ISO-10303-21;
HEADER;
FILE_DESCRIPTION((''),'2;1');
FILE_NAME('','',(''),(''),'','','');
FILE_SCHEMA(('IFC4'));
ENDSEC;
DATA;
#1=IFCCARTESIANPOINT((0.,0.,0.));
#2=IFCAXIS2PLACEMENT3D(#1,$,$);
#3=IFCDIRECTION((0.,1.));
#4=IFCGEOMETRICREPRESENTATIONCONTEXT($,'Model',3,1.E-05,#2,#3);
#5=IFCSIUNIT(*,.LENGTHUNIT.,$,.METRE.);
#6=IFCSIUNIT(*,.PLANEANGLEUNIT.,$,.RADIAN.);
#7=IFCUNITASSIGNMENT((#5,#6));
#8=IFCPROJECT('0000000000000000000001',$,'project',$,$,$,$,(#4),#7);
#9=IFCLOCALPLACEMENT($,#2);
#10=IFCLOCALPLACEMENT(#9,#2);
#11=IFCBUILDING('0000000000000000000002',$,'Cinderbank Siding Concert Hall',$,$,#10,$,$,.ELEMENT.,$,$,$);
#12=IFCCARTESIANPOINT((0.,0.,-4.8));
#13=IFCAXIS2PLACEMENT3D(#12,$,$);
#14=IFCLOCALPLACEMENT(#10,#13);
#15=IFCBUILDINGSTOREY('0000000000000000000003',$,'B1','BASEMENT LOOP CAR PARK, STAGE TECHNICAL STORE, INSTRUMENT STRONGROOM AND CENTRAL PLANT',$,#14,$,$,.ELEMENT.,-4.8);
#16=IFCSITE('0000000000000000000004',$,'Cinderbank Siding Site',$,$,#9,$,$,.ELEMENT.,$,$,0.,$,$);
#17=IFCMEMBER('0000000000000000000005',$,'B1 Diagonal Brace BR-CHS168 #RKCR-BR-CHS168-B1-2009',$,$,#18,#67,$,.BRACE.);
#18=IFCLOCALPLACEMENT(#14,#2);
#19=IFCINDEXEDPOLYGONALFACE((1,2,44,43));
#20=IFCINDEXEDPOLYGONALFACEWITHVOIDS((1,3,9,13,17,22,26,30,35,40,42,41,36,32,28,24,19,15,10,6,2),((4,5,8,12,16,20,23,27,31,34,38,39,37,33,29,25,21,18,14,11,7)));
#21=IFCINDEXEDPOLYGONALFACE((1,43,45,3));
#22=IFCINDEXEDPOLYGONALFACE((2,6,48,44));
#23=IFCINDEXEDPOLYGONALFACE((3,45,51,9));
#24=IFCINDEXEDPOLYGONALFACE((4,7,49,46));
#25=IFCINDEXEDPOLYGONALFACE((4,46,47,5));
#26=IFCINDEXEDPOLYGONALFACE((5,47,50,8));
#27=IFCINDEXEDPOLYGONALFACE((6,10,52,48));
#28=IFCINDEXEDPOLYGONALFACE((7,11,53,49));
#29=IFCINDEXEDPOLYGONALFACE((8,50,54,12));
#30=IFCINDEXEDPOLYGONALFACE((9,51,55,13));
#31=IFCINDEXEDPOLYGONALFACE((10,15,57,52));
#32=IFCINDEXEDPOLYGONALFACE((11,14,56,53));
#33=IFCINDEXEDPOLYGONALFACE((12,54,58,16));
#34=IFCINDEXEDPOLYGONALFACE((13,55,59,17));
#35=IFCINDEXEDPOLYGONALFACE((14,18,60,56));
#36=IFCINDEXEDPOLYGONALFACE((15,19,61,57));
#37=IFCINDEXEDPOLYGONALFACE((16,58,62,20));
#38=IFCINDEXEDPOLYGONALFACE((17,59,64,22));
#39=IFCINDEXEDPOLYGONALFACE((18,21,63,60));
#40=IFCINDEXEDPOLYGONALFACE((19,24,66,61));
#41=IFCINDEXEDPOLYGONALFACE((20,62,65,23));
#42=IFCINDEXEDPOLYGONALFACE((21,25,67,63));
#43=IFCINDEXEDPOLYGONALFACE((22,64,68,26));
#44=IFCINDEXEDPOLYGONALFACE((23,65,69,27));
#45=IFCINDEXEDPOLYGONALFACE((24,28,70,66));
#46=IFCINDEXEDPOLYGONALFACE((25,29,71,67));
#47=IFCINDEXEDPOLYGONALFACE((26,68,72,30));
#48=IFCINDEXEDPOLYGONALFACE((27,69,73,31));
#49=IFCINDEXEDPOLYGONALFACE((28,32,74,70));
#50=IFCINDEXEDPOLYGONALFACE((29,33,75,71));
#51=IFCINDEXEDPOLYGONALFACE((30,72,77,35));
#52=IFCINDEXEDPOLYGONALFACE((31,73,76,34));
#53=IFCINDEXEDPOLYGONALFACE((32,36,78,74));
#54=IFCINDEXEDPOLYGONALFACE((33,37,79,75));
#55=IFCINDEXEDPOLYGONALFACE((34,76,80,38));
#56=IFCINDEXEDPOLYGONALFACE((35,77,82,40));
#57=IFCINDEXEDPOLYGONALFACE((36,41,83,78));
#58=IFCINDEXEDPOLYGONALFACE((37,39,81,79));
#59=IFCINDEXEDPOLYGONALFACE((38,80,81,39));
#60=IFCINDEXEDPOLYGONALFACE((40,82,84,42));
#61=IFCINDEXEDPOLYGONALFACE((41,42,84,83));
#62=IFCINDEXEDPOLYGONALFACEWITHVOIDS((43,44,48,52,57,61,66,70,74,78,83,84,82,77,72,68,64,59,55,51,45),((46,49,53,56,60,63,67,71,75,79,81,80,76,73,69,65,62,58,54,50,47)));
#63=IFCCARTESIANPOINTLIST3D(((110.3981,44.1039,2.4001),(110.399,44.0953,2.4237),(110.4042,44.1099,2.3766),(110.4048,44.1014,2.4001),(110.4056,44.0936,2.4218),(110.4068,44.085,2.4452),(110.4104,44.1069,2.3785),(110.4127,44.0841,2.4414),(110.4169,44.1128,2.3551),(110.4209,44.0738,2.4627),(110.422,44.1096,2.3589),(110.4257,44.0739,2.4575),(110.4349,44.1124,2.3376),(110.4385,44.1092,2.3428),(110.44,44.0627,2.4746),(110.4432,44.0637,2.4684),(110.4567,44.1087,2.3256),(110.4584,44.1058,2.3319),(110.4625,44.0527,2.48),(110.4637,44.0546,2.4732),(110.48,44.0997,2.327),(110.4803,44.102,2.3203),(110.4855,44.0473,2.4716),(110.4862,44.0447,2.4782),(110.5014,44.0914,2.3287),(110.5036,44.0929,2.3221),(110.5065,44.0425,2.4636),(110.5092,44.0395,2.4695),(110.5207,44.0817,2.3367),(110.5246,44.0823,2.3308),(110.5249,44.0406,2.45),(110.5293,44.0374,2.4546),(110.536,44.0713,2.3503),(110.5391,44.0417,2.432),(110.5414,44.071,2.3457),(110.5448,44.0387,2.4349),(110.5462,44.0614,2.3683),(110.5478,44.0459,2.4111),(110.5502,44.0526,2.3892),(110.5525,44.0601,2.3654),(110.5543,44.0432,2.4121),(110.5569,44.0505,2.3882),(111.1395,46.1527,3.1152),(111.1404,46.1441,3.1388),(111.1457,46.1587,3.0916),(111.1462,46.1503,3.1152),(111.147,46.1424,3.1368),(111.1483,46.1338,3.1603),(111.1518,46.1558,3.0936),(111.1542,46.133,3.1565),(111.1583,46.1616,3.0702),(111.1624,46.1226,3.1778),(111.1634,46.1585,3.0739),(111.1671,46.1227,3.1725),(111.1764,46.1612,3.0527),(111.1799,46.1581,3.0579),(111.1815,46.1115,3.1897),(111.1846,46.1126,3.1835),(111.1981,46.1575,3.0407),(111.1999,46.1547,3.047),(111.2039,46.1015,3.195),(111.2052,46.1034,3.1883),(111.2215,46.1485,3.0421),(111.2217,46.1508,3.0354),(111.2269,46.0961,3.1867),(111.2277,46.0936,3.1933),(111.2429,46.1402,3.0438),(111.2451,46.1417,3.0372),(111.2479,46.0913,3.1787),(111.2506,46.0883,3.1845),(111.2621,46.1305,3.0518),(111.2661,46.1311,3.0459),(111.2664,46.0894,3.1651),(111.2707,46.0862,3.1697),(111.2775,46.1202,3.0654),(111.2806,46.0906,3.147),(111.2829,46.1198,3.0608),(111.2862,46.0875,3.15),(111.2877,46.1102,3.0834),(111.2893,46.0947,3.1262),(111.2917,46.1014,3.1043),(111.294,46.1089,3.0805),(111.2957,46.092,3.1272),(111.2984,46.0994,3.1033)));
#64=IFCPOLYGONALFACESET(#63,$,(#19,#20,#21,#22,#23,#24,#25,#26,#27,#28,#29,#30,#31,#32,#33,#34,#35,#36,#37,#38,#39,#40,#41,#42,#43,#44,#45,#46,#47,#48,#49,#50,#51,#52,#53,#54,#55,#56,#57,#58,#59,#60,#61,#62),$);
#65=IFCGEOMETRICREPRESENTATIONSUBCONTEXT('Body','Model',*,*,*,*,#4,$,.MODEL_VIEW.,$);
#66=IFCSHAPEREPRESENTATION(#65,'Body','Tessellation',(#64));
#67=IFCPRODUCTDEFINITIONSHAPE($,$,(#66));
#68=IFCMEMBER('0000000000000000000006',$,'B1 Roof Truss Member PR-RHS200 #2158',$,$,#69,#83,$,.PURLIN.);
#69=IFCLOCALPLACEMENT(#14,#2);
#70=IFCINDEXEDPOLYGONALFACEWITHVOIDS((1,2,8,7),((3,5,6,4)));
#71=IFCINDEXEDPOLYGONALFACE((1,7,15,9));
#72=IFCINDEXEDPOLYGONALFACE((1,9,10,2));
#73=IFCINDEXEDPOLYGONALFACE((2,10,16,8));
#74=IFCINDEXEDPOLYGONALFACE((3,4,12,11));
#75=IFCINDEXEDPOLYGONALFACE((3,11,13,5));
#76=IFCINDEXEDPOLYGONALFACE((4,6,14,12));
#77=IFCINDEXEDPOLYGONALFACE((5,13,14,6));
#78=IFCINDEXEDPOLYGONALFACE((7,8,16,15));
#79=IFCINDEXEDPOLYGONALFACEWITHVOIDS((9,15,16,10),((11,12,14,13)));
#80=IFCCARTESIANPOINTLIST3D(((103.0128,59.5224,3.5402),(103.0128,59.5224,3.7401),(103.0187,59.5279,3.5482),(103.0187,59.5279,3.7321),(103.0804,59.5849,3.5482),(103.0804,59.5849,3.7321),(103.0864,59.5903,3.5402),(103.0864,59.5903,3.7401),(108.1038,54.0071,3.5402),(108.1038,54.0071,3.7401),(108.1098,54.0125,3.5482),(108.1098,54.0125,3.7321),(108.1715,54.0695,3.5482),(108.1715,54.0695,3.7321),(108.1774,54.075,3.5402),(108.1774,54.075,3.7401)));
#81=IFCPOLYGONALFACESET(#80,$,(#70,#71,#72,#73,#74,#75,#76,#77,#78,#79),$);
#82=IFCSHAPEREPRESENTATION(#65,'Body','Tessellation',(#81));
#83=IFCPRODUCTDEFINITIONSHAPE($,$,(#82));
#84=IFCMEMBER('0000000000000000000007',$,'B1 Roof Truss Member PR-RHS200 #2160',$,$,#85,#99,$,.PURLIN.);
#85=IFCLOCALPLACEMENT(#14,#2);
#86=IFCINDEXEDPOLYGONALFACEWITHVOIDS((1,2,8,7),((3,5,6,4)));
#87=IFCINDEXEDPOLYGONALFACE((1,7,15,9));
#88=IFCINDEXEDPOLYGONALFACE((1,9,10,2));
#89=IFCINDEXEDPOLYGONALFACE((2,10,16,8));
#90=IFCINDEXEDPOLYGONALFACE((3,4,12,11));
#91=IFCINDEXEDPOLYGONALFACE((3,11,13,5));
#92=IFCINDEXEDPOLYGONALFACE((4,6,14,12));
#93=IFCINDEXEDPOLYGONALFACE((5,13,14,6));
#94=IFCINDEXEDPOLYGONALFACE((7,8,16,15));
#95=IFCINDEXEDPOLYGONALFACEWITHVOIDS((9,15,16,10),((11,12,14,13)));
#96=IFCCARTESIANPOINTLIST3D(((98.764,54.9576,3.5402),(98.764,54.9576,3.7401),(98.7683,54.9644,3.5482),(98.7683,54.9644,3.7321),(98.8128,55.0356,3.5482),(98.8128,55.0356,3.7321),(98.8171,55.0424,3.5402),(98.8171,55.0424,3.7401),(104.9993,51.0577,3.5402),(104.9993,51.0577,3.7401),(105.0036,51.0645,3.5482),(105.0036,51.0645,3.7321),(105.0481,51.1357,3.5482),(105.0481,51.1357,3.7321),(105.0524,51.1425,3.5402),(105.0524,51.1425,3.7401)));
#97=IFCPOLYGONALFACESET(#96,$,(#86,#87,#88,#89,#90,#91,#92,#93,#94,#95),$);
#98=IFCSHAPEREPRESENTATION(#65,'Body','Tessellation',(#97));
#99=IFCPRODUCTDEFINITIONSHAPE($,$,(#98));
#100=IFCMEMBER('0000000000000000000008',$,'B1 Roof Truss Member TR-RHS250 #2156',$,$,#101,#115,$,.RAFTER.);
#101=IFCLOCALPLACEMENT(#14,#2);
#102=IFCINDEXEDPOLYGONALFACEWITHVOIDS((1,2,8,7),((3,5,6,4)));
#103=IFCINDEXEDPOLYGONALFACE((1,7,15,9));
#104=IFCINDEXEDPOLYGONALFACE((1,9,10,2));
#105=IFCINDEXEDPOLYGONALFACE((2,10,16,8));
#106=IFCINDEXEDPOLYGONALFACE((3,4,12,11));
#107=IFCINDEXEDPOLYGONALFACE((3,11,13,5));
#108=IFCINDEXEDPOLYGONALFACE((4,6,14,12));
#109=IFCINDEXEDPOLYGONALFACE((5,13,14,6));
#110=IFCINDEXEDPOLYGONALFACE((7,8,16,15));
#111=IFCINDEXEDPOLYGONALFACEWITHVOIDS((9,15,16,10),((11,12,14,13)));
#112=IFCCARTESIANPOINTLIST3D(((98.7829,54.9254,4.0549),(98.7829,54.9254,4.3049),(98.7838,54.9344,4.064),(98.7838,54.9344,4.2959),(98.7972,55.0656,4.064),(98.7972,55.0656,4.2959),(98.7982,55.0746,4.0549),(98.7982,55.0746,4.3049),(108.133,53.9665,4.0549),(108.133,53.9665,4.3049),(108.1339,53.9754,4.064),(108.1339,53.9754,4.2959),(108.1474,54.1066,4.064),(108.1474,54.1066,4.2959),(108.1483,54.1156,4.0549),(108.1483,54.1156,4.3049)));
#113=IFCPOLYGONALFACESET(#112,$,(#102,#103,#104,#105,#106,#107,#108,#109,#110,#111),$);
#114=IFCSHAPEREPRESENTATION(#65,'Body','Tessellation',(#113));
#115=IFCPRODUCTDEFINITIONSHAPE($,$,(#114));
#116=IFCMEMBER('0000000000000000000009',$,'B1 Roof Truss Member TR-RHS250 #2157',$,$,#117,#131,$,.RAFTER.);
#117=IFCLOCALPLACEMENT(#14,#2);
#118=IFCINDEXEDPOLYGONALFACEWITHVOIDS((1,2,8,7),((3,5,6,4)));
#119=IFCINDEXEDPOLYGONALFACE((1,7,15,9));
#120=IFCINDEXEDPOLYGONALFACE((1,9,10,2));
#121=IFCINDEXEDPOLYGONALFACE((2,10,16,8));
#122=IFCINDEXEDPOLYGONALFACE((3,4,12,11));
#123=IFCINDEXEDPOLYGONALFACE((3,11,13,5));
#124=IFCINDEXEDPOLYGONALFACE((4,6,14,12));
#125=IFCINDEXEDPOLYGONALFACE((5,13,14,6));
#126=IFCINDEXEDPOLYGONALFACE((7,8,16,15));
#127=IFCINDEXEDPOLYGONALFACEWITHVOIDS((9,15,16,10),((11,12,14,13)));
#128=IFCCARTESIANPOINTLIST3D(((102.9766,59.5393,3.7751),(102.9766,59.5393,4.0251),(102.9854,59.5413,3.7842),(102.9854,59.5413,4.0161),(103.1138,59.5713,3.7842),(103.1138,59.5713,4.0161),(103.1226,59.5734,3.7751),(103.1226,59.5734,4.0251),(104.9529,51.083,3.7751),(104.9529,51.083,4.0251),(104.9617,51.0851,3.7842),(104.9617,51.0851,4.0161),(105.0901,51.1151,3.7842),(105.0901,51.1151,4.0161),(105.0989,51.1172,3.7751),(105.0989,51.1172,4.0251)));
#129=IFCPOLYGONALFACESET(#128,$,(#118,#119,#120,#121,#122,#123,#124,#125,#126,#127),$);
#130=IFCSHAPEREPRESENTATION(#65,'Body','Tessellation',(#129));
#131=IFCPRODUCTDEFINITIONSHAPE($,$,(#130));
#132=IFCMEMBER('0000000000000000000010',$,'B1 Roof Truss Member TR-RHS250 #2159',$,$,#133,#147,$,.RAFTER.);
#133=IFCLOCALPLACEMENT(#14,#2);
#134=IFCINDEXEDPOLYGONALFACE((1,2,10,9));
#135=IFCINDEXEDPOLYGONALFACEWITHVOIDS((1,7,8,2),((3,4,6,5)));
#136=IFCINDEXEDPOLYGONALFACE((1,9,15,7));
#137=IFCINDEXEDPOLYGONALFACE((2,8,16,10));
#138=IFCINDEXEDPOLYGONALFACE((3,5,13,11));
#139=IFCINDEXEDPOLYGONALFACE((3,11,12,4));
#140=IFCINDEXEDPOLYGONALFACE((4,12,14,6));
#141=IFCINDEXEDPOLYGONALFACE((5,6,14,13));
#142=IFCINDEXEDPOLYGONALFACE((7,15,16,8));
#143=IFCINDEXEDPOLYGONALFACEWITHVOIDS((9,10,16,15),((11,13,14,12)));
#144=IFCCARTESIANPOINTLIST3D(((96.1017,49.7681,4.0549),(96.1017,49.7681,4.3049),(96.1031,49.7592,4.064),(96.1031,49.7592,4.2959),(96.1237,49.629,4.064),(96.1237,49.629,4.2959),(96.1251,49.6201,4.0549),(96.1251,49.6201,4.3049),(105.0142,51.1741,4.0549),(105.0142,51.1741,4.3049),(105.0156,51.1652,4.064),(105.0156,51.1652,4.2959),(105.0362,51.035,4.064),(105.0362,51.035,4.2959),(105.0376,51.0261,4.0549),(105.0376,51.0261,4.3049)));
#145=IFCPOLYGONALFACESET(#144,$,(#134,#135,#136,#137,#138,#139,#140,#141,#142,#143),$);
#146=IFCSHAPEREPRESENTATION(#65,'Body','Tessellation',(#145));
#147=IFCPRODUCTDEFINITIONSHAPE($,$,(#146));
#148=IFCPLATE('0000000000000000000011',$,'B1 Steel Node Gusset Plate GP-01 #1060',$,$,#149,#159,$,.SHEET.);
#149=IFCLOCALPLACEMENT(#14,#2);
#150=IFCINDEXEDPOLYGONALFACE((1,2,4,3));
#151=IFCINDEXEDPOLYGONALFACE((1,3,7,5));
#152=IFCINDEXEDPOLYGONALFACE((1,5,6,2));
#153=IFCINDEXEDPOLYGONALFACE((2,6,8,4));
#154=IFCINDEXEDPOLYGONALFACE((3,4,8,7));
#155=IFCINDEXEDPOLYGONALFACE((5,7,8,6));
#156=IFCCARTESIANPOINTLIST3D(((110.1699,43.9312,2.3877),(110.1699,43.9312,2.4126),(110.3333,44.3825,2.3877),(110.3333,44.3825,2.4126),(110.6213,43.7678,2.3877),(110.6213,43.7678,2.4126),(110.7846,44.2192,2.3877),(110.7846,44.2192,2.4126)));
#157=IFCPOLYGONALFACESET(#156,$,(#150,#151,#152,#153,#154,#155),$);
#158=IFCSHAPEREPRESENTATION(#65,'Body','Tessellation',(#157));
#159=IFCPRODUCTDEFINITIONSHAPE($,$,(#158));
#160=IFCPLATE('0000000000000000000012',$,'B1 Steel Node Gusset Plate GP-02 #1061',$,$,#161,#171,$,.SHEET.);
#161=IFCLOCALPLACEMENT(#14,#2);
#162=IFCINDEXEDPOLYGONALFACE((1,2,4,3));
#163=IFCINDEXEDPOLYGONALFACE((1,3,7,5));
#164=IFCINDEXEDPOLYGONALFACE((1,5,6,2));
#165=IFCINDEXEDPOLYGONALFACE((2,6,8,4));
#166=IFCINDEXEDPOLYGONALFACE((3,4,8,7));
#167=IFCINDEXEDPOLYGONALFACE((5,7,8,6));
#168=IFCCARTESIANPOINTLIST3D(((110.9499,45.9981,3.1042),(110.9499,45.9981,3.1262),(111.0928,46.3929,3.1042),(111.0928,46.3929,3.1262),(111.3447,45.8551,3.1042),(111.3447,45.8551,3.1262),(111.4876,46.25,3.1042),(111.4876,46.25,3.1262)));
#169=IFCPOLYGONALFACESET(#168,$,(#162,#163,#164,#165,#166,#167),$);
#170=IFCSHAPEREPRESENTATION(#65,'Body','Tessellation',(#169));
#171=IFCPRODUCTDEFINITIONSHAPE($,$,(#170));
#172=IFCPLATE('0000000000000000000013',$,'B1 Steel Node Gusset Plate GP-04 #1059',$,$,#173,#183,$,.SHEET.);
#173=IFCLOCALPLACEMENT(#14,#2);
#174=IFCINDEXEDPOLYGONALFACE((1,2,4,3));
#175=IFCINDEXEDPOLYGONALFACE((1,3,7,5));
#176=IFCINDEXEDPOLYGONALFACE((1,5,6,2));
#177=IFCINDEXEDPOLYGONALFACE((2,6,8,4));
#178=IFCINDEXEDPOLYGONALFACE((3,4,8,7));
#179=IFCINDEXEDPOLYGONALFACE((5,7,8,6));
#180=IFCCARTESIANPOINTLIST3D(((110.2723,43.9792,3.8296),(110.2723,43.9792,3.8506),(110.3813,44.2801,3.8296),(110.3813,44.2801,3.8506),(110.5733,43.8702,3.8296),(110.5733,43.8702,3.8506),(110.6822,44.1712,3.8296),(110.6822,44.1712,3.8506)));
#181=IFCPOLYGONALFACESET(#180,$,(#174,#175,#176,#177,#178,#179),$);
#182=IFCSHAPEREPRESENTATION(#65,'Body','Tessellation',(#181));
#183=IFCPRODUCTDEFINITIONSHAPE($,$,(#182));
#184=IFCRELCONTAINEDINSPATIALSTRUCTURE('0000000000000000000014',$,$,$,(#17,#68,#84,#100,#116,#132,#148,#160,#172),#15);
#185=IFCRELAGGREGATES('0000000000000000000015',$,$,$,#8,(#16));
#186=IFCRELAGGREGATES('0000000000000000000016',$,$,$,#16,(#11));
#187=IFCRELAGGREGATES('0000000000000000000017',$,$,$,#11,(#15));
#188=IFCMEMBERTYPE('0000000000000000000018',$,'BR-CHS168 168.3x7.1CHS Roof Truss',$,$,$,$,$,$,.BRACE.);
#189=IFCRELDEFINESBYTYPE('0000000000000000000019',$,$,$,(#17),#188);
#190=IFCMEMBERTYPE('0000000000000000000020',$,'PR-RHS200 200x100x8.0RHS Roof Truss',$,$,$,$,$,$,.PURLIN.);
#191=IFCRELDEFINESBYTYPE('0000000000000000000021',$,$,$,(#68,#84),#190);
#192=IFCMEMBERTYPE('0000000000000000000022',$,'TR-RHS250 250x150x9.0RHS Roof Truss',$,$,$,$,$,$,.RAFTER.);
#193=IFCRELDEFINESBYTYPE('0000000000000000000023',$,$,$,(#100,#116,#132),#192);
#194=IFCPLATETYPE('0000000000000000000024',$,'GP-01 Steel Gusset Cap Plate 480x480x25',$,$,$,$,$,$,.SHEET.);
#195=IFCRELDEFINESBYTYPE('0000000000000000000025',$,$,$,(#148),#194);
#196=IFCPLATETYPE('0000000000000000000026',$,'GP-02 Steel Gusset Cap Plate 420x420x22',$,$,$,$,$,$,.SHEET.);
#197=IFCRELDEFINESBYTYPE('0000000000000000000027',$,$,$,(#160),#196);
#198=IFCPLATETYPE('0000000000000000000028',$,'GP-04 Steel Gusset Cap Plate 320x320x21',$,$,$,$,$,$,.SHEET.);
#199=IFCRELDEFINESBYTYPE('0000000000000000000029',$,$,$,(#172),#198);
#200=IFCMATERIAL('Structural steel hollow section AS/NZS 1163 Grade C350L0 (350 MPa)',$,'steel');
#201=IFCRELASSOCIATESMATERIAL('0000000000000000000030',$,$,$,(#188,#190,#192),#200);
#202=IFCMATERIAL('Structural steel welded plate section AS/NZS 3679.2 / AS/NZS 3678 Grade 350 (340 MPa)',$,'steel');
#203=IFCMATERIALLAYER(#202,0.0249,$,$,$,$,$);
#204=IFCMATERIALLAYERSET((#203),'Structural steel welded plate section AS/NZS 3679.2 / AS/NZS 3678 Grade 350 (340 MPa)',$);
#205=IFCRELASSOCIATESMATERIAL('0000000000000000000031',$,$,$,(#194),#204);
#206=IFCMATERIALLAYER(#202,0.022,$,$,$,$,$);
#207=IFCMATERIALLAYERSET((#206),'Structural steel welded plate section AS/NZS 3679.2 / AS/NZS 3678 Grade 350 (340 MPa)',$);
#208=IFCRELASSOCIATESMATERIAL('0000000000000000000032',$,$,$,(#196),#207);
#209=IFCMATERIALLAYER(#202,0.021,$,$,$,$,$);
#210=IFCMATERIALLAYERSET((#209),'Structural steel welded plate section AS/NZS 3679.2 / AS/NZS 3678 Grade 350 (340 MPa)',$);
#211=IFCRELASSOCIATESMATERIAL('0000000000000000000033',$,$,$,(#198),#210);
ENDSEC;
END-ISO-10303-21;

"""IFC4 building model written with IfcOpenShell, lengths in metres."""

from ifc_helpers import new_model, si_unit, direction, frame, origin, origin_2d, place, context, subcontext, project, spatial, rectangle, hollow_rectangle, hollow_circle, extrude, material, layer, layer_set, material_profile, profile_set, type_object, element, save


model = new_model("IFC4")

# Units and contexts
model_context = context("Model", 3, precision=1e-05, world=origin(), true_north=direction((0.0, 1.0)))
body_context = subcontext(model_context, "Body", "Model", "MODEL_VIEW")
ifc_project = project(units=[si_unit("LENGTHUNIT", "METRE"), si_unit("PLANEANGLEUNIT", "RADIAN")], contexts=[model_context])

# Site, building, storey
site_placement = place(None, origin())
site = spatial("IfcSite", under=ifc_project, at=site_placement, Name="Cinderbank Siding Site", CompositionType="ELEMENT", RefElevation=0.0)
building_placement = place(site_placement, origin())
building = spatial("IfcBuilding", under=site, at=building_placement, Name="Cinderbank Siding Concert Hall", CompositionType="ELEMENT")
storey_placement = place(building_placement, frame((0.0, 0.0, -4.8)))
storey = spatial("IfcBuildingStorey", under=building, at=storey_placement, Name="B1", Description="BASEMENT LOOP CAR PARK, STAGE TECHNICAL STORE, INSTRUMENT STRONGROOM AND CENTRAL PLANT", CompositionType="ELEMENT", Elevation=-4.8)

# Shared definitions
ifc_material_1 = material(Name="Structural steel welded plate section AS/NZS 3679.2 / AS/NZS 3678 Grade 350 (340 MPa)", Category="steel")

# Members
ifc_material_2 = material(Name="Structural steel hollow section AS/NZS 1163 Grade C350L0 (350 MPa)", Category="steel")
ifc_material_profile_1 = material_profile(ifc_material_2, hollow_circle(Radius=0.0842, WallThickness=0.0071, at=origin_2d()), Name="168.3x7.1CHS", Category="LoadBearing")
ifc_profile_set_1 = profile_set([ifc_material_profile_1], Name="Structural steel hollow section AS/NZS 1163 Grade C350L0 (350 MPa)")
member_type_1 = type_object("IfcMemberType", Name="BR-CHS168 168.3x7.1CHS Roof Truss", PredefinedType="BRACE", material=ifc_profile_set_1)
member_1_placement = place(storey_placement, frame((110.4773, 44.0752, 2.4001), z_axis=(0.323327, 0.893433, 0.311829), x_axis=(-0.940319, 0.340294, 0.0)))
element("IfcMember", 1, at=member_1_placement, inside=storey, type_object=member_type_1, Name="B1 Diagonal Brace BR-CHS168 #RKCR-BR-CHS168-B1-2009", PredefinedType="BRACE", context=body_context, shape_type="SweptSolid", body=[
    extrude(hollow_circle(Radius=0.0842, WallThickness=0.0071, at=origin_2d()), origin(), (0.0, 0.0, 1.0), 2.2932),
])
ifc_material_profile_2 = material_profile(ifc_material_2, hollow_rectangle(XDim=0.1001, YDim=0.2, WallThickness=0.0081, at=origin_2d()), Name="200x100x8.0RHS", Category="LoadBearing")
ifc_profile_set_2 = profile_set([ifc_material_profile_2], Name="Structural steel hollow section AS/NZS 1163 Grade C350L0 (350 MPa)")
member_type_2 = type_object("IfcMemberType", Name="PR-RHS200 200x100x8.0RHS Roof Truss", PredefinedType="PURLIN", material=ifc_profile_set_2)
member_2_placement = place(storey_placement, frame((108.1406, 54.041, 3.6401), z_axis=(-0.678276, 0.734807, 0.0), x_axis=(-0.734807, -0.678276, 0.0)))
element("IfcMember", 2, at=member_2_placement, inside=storey, type_object=member_type_2, Name="B1 Roof Truss Member PR-RHS200 #2158", PredefinedType="PURLIN", context=body_context, shape_type="SweptSolid", body=[
    extrude(hollow_rectangle(XDim=0.1001, YDim=0.2, WallThickness=0.0081, at=origin_2d()), origin(), (0.0, 0.0, 1.0), 7.5059),
])
member_3_placement = place(storey_placement, frame((105.0259, 51.1001, 3.6401), z_axis=(-0.847827, 0.530273, 0.0), x_axis=(-0.530273, -0.847827, 0.0)))
element("IfcMember", 3, at=member_3_placement, inside=storey, type_object=member_type_2, Name="B1 Roof Truss Member PR-RHS200 #2160", PredefinedType="PURLIN", context=body_context, shape_type="SweptSolid", body=[
    extrude(hollow_rectangle(XDim=0.1001, YDim=0.2, WallThickness=0.0081, at=origin_2d()), origin(), (0.0, 0.0, 1.0), 7.3545),
])
ifc_material_profile_3 = material_profile(ifc_material_2, hollow_rectangle(XDim=0.1499, YDim=0.25, WallThickness=0.009, at=origin_2d()), Name="250x150x9.0RHS", Category="LoadBearing")
ifc_profile_set_3 = profile_set([ifc_material_profile_3], Name="Structural steel hollow section AS/NZS 1163 Grade C350L0 (350 MPa)")
member_type_3 = type_object("IfcMemberType", Name="TR-RHS250 250x150x9.0RHS Roof Truss", PredefinedType="RAFTER", material=ifc_profile_set_3)
member_4_placement = place(storey_placement, frame((108.1406, 54.041, 4.1799), z_axis=(-0.994781, 0.102029, 0.0), x_axis=(-0.102029, -0.994781, 0.0)))
element("IfcMember", 4, at=member_4_placement, inside=storey, type_object=member_type_3, Name="B1 Roof Truss Member TR-RHS250 #2156", PredefinedType="RAFTER", context=body_context, shape_type="SweptSolid", body=[
    extrude(hollow_rectangle(XDim=0.1499, YDim=0.25, WallThickness=0.009, at=origin_2d()), origin(), (0.0, 0.0, 1.0), 9.3992),
])
member_5_placement = place(storey_placement, frame((105.0259, 51.1001, 3.9001), z_axis=(-0.227577, 0.97376, 0.0), x_axis=(-0.97376, -0.227577, 0.0)))
element("IfcMember", 5, at=member_5_placement, inside=storey, type_object=member_type_3, Name="B1 Roof Truss Member TR-RHS250 #2157", PredefinedType="RAFTER", context=body_context, shape_type="SweptSolid", body=[
    extrude(hollow_rectangle(XDim=0.1499, YDim=0.25, WallThickness=0.009, at=origin_2d()), origin(), (0.0, 0.0, 1.0), 8.6841),
])
member_6_placement = place(storey_placement, frame((105.0259, 51.1001, 4.1799), z_axis=(-0.987784, -0.155828, 0.0), x_axis=(0.155828, -0.987784, 0.0)))
element("IfcMember", 6, at=member_6_placement, inside=storey, type_object=member_type_3, Name="B1 Roof Truss Member TR-RHS250 #2159", PredefinedType="RAFTER", context=body_context, shape_type="SweptSolid", body=[
    extrude(hollow_rectangle(XDim=0.1499, YDim=0.25, WallThickness=0.009, at=origin_2d()), origin(), (0.0, 0.0, 1.0), 9.0227),
])

# Plates
ifc_layer_1 = layer(ifc_material_1, 0.0249)
ifc_layer_set_1 = layer_set([ifc_layer_1], Name="Structural steel welded plate section AS/NZS 3679.2 / AS/NZS 3678 Grade 350 (340 MPa)")
plate_type_1 = type_object("IfcPlateType", Name="GP-01 Steel Gusset Cap Plate 480x480x25", PredefinedType="SHEET", material=ifc_layer_set_1)
plate_1_placement = place(storey_placement, frame((110.4773, 44.0752, 2.3877), z_axis=(0.0, 0.0, 1.0), x_axis=(0.34038, 0.940288, 0.0)))
element("IfcPlate", 7, at=plate_1_placement, inside=storey, type_object=plate_type_1, Name="B1 Steel Node Gusset Plate GP-01 #1060", PredefinedType="SHEET", context=body_context, shape_type="SweptSolid", body=[
    extrude(rectangle(XDim=0.48, YDim=0.48, at=origin_2d()), origin(), (0.0, 0.0, 1.0), 0.0249),
])
ifc_layer_2 = layer(ifc_material_1, 0.022)
ifc_layer_set_2 = layer_set([ifc_layer_2], Name="Structural steel welded plate section AS/NZS 3679.2 / AS/NZS 3678 Grade 350 (340 MPa)")
plate_type_2 = type_object("IfcPlateType", Name="GP-02 Steel Gusset Cap Plate 420x420x22", PredefinedType="SHEET", material=ifc_layer_set_2)
plate_2_placement = place(storey_placement, frame((111.2188, 46.124, 3.1042), z_axis=(0.0, 0.0, 1.0), x_axis=(0.34038, 0.940288, 0.0)))
element("IfcPlate", 8, at=plate_2_placement, inside=storey, type_object=plate_type_2, Name="B1 Steel Node Gusset Plate GP-02 #1061", PredefinedType="SHEET", context=body_context, shape_type="SweptSolid", body=[
    extrude(rectangle(XDim=0.4199, YDim=0.4199, at=origin_2d()), origin(), (0.0, 0.0, 1.0), 0.022),
])
ifc_layer_3 = layer(ifc_material_1, 0.021)
ifc_layer_set_3 = layer_set([ifc_layer_3], Name="Structural steel welded plate section AS/NZS 3679.2 / AS/NZS 3678 Grade 350 (340 MPa)")
plate_type_3 = type_object("IfcPlateType", Name="GP-04 Steel Gusset Cap Plate 320x320x21", PredefinedType="SHEET", material=ifc_layer_set_3)
plate_3_placement = place(storey_placement, frame((110.4773, 44.0752, 3.8296), z_axis=(0.0, 0.0, 1.0), x_axis=(-0.34038, -0.940288, 0.0)))
element("IfcPlate", 9, at=plate_3_placement, inside=storey, type_object=plate_type_3, Name="B1 Steel Node Gusset Plate GP-04 #1059", PredefinedType="SHEET", context=body_context, shape_type="SweptSolid", body=[
    extrude(rectangle(XDim=0.3201, YDim=0.3201, at=origin_2d()), origin(), (0.0, 0.0, 1.0), 0.021),
])

save(model, "model.ifc")
